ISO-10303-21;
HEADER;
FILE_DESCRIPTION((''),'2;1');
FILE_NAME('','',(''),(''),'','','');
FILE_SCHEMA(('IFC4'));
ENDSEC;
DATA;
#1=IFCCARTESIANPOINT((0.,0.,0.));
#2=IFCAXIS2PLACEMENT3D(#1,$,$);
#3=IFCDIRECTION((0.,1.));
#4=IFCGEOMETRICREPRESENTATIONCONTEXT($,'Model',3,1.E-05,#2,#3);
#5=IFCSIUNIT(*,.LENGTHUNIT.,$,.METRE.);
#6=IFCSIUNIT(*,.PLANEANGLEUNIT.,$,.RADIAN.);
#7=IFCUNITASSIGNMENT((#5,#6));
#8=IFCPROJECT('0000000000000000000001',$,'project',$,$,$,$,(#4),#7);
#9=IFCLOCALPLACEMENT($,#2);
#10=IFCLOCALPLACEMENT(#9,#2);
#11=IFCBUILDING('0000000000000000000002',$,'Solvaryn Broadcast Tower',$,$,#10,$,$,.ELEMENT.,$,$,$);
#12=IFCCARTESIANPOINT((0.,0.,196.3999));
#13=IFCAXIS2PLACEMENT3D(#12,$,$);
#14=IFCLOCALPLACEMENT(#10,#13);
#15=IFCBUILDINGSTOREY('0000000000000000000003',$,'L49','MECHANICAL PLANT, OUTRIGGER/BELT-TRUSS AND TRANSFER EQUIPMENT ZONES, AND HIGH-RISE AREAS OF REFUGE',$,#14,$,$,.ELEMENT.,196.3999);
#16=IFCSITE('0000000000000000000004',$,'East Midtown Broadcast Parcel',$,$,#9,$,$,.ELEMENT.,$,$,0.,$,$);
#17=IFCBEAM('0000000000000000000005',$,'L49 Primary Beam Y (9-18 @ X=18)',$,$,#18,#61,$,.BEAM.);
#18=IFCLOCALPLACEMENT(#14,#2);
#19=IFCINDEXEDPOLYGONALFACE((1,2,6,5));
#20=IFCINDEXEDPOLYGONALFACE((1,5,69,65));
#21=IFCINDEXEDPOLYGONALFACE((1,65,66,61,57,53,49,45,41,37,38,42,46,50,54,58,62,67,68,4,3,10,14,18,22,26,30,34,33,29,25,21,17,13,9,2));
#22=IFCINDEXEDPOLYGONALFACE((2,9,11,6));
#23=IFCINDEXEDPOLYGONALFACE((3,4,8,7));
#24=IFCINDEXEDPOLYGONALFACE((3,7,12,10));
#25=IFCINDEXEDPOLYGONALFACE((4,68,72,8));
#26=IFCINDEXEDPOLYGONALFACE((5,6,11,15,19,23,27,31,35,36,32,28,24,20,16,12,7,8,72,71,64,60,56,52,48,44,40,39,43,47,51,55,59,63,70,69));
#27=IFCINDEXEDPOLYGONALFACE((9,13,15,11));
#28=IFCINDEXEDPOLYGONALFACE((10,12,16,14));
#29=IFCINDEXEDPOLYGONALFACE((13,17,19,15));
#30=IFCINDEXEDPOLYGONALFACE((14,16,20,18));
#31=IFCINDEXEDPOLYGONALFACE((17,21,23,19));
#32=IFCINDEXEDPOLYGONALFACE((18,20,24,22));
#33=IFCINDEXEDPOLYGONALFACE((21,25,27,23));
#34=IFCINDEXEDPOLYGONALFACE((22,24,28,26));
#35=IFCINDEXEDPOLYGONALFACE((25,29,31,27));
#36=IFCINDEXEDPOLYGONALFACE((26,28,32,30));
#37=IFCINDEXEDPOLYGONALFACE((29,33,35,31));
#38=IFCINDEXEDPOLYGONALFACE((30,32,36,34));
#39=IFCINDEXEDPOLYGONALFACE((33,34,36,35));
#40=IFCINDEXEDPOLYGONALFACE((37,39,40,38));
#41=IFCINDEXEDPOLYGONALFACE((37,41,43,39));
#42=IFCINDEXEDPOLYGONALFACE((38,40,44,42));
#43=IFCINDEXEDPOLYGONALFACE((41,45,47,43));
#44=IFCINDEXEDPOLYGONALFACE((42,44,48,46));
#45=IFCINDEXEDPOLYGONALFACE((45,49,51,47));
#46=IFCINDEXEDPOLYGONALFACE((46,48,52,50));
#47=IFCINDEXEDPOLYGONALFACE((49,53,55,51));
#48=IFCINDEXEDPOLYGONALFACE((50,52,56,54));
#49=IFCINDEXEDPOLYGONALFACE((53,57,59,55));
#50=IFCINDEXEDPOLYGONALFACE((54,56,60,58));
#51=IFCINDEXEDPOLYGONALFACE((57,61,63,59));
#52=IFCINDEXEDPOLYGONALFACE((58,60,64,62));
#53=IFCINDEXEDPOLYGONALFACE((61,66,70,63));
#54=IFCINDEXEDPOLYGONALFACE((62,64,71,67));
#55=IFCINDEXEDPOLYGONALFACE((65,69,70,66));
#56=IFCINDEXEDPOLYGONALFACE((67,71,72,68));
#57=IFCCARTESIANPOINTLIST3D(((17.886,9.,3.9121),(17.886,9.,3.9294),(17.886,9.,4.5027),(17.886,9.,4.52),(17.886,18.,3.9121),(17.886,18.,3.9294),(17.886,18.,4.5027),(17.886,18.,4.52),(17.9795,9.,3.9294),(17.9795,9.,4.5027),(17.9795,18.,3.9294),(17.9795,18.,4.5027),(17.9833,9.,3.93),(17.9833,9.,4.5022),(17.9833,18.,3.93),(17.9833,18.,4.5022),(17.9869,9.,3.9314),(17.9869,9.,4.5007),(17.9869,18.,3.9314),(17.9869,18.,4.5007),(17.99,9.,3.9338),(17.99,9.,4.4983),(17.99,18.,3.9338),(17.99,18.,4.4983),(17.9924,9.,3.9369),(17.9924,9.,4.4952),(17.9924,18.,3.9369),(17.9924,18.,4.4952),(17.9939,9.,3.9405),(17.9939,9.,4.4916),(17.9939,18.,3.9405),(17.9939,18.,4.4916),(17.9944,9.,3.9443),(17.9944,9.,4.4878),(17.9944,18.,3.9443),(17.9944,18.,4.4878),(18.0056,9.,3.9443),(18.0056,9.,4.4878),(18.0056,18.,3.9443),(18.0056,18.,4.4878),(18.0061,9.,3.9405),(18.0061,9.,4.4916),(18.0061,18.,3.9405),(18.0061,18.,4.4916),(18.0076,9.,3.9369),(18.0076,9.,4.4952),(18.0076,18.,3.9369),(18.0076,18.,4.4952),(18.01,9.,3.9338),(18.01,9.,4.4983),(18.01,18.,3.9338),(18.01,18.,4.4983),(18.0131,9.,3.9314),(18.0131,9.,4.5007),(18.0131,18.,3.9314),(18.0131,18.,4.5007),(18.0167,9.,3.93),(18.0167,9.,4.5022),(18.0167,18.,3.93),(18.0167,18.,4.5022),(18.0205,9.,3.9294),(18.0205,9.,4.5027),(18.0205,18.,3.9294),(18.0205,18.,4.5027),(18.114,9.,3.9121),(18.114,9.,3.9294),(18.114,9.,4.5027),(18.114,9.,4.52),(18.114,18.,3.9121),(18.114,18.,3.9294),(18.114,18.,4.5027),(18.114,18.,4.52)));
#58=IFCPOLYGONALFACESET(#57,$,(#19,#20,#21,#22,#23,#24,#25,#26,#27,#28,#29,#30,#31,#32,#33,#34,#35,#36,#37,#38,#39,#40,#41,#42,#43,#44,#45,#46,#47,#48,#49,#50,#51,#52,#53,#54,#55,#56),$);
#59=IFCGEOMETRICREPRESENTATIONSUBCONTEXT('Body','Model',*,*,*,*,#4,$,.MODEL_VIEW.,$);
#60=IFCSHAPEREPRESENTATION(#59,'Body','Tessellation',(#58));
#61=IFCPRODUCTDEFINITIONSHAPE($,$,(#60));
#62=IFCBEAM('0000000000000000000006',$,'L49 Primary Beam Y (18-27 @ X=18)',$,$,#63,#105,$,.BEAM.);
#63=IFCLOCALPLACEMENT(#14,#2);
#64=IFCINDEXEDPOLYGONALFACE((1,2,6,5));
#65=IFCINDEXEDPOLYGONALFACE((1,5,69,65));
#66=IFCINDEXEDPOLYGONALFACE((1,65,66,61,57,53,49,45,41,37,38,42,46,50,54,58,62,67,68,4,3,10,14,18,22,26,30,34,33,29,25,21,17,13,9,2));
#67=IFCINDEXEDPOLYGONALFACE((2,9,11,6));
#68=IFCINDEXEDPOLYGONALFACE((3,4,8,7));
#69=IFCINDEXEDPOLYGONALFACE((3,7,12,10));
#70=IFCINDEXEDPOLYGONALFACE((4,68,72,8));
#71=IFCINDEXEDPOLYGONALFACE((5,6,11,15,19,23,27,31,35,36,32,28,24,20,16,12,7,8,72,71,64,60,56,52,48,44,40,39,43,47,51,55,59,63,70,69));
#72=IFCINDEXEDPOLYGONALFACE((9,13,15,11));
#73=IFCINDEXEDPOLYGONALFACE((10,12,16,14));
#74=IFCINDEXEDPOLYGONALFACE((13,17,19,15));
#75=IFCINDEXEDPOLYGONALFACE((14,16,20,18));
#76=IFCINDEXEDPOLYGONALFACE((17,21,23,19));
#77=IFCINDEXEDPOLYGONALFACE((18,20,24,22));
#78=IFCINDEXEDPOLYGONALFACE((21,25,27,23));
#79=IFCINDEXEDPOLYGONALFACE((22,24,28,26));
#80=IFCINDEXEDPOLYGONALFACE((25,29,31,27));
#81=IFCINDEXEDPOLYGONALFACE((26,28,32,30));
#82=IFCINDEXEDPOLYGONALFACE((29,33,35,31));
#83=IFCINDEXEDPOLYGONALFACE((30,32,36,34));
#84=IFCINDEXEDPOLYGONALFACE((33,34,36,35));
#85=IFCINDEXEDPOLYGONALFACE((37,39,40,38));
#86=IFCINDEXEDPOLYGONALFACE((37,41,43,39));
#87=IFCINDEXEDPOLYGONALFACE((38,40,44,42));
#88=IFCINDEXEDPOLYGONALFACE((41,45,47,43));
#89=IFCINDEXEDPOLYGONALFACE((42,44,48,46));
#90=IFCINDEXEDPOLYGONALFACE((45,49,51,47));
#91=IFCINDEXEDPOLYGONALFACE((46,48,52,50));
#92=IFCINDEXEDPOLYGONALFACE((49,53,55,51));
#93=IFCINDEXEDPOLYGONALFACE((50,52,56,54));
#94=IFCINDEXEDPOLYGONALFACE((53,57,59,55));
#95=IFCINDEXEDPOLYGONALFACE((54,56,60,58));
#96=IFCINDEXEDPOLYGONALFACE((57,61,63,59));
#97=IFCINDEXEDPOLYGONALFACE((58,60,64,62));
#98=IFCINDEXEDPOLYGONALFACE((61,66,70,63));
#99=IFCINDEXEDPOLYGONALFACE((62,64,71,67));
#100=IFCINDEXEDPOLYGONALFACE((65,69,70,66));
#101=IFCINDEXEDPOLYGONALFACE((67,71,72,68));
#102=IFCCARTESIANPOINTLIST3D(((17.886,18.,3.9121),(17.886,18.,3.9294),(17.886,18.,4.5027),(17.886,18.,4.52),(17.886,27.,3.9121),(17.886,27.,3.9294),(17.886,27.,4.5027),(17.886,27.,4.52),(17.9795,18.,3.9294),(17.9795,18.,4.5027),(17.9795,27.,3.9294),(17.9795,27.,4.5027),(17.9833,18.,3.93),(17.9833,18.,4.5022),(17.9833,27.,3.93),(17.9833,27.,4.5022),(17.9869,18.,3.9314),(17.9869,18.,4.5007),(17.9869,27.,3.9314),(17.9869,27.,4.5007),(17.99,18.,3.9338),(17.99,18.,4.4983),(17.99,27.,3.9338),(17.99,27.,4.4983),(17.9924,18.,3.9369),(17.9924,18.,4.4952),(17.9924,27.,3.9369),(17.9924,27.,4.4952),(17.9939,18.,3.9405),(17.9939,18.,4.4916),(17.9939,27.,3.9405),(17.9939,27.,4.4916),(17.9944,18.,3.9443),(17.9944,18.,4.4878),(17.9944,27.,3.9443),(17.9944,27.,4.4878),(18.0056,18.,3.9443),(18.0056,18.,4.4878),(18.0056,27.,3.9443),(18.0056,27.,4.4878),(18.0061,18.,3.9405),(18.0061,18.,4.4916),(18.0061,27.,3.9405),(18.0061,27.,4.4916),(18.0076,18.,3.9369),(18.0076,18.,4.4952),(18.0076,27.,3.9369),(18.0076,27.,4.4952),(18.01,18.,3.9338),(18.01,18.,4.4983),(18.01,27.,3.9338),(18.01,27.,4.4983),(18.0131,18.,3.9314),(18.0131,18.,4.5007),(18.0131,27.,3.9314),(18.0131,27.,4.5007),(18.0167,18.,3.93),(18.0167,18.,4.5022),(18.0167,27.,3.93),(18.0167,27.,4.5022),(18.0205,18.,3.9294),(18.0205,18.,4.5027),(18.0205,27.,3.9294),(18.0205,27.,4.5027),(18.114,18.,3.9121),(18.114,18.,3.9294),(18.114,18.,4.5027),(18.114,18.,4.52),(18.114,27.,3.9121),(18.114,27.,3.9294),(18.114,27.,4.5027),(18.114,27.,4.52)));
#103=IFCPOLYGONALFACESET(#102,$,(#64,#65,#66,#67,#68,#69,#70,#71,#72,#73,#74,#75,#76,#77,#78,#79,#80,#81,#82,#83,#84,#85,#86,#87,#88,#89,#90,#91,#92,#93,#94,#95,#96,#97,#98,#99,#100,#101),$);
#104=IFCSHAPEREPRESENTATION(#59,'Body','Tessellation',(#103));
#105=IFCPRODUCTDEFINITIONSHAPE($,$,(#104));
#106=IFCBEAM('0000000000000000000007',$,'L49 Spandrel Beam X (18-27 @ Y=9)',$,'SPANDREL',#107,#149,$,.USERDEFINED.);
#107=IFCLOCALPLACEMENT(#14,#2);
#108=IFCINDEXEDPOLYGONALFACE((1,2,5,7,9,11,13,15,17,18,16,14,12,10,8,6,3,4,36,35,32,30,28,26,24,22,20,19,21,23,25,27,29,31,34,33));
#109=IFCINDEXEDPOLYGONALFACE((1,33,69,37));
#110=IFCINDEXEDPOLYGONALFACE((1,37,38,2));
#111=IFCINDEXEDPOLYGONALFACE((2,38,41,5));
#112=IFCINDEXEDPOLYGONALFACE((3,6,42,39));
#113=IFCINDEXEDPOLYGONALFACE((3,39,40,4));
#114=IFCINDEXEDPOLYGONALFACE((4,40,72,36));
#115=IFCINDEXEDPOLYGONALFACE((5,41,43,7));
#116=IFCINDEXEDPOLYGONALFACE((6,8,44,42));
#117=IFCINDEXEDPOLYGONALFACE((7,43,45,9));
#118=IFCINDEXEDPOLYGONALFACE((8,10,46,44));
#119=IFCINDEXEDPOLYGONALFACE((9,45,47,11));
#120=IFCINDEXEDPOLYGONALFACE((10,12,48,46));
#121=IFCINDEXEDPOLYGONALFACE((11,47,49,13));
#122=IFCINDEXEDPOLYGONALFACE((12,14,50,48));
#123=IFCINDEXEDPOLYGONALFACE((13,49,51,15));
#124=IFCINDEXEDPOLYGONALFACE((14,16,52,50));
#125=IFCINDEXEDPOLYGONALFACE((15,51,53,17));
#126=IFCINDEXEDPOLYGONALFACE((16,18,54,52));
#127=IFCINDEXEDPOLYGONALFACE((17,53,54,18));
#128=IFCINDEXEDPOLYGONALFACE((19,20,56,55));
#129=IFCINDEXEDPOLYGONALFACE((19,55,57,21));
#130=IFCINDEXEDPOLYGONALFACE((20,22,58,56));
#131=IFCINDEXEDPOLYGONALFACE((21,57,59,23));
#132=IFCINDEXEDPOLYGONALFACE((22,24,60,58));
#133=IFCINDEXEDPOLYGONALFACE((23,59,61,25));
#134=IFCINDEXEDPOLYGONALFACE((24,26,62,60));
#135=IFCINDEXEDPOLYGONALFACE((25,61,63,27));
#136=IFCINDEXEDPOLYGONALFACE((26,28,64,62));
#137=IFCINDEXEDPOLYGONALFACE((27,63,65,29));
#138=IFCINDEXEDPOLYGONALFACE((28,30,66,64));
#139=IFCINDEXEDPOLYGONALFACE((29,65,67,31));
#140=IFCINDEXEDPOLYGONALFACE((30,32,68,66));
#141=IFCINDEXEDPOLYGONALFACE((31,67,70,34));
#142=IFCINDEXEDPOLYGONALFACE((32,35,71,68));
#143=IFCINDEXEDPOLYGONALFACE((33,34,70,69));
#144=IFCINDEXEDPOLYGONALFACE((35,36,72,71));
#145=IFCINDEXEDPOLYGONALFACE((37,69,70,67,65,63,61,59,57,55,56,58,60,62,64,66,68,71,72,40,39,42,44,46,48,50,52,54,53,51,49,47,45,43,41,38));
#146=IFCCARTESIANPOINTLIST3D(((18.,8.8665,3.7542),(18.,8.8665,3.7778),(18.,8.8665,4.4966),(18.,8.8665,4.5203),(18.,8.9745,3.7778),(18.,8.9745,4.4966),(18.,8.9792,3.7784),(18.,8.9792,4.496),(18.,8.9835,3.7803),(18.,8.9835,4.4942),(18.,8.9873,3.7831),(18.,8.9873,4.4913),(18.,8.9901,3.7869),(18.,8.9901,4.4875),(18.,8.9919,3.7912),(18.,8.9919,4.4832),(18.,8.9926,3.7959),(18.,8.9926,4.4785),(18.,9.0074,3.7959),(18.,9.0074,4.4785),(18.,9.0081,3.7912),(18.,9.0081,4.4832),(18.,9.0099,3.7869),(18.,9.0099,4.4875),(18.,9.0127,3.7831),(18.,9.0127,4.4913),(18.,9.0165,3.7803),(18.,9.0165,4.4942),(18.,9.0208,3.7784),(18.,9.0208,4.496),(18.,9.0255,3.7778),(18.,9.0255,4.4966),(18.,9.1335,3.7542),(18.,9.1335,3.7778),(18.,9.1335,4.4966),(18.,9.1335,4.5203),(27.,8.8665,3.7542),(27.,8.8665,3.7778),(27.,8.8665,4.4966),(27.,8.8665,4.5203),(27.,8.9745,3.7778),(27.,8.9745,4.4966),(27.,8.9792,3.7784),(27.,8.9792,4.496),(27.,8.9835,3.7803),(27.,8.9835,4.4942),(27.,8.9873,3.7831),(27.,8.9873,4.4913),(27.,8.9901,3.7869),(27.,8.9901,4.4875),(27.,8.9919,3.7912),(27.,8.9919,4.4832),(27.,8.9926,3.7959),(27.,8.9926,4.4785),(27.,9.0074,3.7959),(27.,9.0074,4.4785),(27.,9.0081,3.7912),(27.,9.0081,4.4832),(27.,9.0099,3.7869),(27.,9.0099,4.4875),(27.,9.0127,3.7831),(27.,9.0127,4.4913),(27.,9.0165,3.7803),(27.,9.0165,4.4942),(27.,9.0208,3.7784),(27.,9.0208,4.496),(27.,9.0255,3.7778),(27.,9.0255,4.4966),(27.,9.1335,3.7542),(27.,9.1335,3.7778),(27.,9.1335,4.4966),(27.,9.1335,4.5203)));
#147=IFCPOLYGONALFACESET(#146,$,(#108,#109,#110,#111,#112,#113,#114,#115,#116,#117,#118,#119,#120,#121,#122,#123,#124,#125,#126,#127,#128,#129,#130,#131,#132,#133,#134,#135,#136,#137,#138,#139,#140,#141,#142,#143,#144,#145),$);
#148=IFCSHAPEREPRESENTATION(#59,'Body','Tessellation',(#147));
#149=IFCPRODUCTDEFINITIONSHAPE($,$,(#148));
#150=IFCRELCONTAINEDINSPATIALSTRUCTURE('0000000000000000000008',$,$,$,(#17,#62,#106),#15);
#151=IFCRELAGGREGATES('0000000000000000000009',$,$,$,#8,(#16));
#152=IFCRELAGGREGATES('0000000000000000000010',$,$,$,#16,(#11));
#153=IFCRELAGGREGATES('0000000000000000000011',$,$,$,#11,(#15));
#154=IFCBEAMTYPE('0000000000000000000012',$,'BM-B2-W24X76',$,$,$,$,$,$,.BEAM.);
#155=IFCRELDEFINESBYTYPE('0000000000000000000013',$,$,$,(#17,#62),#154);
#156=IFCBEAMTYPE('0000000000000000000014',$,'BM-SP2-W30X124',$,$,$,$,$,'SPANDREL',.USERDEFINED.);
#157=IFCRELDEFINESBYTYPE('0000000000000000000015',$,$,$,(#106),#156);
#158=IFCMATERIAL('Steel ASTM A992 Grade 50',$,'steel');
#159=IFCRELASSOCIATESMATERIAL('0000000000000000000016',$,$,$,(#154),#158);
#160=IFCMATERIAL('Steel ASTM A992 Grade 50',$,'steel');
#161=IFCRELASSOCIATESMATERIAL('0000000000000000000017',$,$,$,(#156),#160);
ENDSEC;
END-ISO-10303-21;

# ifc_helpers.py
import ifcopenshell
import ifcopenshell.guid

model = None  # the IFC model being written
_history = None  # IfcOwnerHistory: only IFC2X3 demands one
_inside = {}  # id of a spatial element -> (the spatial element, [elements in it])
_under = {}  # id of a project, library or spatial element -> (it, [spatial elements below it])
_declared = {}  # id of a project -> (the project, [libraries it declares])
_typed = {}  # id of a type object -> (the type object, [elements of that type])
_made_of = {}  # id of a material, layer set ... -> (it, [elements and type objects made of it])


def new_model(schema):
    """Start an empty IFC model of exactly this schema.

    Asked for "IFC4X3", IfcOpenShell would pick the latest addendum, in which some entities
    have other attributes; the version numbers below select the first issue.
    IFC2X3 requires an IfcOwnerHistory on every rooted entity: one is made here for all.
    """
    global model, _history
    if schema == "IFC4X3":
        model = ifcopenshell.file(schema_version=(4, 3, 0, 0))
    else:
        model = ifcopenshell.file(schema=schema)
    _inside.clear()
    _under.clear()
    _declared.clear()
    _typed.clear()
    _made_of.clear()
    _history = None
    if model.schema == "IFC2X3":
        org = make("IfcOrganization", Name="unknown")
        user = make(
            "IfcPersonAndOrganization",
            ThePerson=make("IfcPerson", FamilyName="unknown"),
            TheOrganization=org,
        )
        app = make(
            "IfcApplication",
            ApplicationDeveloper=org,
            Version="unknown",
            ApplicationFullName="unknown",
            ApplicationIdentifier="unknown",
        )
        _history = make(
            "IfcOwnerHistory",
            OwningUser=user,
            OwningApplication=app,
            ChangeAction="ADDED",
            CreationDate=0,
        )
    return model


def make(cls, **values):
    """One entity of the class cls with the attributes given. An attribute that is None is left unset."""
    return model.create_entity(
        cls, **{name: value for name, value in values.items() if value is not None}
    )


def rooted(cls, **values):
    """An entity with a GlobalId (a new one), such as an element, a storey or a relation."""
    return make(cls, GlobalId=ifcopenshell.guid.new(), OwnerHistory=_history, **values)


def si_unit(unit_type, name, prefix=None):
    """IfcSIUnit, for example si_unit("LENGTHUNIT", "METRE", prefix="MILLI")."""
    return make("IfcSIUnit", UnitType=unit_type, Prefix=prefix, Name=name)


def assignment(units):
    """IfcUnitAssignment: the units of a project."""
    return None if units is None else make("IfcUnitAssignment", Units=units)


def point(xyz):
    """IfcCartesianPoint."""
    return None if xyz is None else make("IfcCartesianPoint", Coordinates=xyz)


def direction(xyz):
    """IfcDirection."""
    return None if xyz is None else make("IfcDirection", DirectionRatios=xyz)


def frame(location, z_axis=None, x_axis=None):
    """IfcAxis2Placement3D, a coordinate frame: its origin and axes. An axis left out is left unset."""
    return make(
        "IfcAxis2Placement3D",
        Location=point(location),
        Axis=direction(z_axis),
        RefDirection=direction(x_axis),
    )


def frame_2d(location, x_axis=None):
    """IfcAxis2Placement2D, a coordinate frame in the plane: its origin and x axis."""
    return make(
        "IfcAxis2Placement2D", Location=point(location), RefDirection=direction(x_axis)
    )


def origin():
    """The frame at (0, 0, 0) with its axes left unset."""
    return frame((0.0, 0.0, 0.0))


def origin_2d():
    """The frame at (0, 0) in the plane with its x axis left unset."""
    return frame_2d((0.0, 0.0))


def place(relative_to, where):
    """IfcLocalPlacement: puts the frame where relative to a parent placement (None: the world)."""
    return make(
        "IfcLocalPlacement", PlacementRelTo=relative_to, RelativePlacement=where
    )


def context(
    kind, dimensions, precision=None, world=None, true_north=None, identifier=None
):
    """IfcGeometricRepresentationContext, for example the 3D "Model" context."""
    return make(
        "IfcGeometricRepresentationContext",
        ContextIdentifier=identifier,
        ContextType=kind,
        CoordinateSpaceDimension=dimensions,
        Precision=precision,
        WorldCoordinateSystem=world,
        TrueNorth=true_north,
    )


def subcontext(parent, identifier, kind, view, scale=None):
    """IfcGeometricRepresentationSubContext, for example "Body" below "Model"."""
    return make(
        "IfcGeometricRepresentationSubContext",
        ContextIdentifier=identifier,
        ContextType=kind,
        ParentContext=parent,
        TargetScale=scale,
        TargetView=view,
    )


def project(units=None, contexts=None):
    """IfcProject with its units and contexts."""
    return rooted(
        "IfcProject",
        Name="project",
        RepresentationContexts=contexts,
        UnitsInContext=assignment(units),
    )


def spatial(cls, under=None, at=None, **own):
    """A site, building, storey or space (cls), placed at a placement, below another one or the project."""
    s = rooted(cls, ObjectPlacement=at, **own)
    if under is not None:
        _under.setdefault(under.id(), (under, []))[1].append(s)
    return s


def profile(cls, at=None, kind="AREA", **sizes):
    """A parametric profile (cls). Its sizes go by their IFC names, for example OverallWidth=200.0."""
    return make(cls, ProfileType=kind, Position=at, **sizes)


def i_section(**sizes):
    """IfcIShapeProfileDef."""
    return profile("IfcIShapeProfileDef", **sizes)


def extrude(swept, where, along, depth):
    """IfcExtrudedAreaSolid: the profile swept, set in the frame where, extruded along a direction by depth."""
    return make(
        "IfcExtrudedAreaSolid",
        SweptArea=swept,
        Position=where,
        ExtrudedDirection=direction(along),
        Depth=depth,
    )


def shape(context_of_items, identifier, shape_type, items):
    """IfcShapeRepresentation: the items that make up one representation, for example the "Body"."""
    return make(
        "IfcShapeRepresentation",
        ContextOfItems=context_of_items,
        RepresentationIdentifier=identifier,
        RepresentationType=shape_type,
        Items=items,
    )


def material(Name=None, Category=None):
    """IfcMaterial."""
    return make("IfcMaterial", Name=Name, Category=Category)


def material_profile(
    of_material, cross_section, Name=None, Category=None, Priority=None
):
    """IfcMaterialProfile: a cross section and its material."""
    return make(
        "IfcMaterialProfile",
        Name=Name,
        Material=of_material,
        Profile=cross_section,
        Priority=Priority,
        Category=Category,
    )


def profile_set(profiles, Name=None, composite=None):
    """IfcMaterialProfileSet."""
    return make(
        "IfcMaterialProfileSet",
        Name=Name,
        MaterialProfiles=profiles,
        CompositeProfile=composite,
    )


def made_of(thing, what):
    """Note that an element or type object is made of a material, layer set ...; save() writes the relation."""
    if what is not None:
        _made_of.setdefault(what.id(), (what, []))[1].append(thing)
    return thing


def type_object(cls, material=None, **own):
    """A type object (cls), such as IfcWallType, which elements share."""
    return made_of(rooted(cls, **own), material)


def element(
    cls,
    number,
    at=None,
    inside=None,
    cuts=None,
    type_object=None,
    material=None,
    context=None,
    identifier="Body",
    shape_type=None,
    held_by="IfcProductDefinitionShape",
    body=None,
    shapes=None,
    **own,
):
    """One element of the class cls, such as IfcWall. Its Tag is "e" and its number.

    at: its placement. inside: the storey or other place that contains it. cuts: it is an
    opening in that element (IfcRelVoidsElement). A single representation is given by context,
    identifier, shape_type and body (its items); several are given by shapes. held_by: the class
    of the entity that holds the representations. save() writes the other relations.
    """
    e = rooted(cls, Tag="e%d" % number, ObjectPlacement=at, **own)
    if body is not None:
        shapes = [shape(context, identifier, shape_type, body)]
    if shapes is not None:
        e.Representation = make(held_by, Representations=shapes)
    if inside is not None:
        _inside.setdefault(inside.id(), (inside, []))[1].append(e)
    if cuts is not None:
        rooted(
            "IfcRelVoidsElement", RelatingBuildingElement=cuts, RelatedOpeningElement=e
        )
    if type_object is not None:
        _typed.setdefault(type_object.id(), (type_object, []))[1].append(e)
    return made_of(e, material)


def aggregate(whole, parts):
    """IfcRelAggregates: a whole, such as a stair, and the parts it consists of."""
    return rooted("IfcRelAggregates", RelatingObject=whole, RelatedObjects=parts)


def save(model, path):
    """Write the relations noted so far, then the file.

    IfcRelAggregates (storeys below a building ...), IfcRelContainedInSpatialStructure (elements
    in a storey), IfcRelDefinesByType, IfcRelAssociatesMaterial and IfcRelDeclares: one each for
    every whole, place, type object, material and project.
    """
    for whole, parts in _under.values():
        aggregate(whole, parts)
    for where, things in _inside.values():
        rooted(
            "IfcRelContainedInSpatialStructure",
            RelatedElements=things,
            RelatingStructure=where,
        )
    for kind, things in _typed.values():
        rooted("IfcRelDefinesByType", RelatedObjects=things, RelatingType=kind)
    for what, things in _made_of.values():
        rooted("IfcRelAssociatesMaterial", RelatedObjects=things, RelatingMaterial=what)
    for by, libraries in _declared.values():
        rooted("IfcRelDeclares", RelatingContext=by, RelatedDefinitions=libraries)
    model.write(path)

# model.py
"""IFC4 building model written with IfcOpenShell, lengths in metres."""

from ifc_helpers import new_model, si_unit, direction, frame, origin, origin_2d, place, context, subcontext, project, spatial, i_section, extrude, material, material_profile, profile_set, type_object, element, save


model = new_model("IFC4")

# Units and contexts
model_context = context("Model", 3, precision=1e-05, world=origin(), true_north=direction((0.0, 1.0)))
body_context = subcontext(model_context, "Body", "Model", "MODEL_VIEW")
ifc_project = project(units=[si_unit("LENGTHUNIT", "METRE"), si_unit("PLANEANGLEUNIT", "RADIAN")], contexts=[model_context])

# Site, building, storey
site_placement = place(None, origin())
site = spatial("IfcSite", under=ifc_project, at=site_placement, Name="East Midtown Broadcast Parcel", CompositionType="ELEMENT", RefElevation=0.0)
building_placement = place(site_placement, origin())
building = spatial("IfcBuilding", under=site, at=building_placement, Name="Solvaryn Broadcast Tower", CompositionType="ELEMENT")
storey_placement = place(building_placement, frame((0.0, 0.0, 196.3999)))
storey = spatial("IfcBuildingStorey", under=building, at=storey_placement, Name="L49", Description="MECHANICAL PLANT, OUTRIGGER/BELT-TRUSS AND TRANSFER EQUIPMENT ZONES, AND HIGH-RISE AREAS OF REFUGE", CompositionType="ELEMENT", Elevation=196.3999)

# Beams
ifc_material_1 = material(Name="Steel ASTM A992 Grade 50", Category="steel")
ifc_material_profile_1 = material_profile(ifc_material_1, i_section(OverallWidth=0.228, OverallDepth=0.6079, WebThickness=0.0112, FlangeThickness=0.0173, FilletRadius=0.0149, at=origin_2d()))
ifc_profile_set_1 = profile_set([ifc_material_profile_1], Name="Steel ASTM A992 Grade 50")
beam_type_1 = type_object("IfcBeamType", Name="BM-B2-W24X76", PredefinedType="BEAM", material=ifc_profile_set_1)
for number, where, z_axis, x_axis, name in (
    (1, (18.0, 9.0, 4.2161), (0.0, 1.0, 0.0), (-1.0, 0.0, 0.0), "L49 Primary Beam Y (9-18 @ X=18)"),
    (2, (18.0, 18.0, 4.2161), (0.0, 1.0, 0.0), (-1.0, 0.0, 0.0), "L49 Primary Beam Y (18-27 @ X=18)"),
):
    element("IfcBeam", number, at=place(storey_placement, frame(where, z_axis=z_axis, x_axis=x_axis)), inside=storey, type_object=beam_type_1, Name=name, PredefinedType="BEAM", context=body_context, shape_type="SweptSolid", body=[
        extrude(i_section(OverallWidth=0.228, OverallDepth=0.6079, WebThickness=0.0112, FlangeThickness=0.0173, FilletRadius=0.0149, at=origin_2d()), origin(), (0.0, 0.0, 1.0), 9.0),
    ])
ifc_material_2 = material(Name="Steel ASTM A992 Grade 50", Category="steel")
ifc_material_profile_2 = material_profile(ifc_material_2, i_section(OverallWidth=0.2671, OverallDepth=0.7661, WebThickness=0.0149, FlangeThickness=0.0237, FilletRadius=0.0181, at=origin_2d()))
ifc_profile_set_2 = profile_set([ifc_material_profile_2], Name="Steel ASTM A992 Grade 50")
beam_type_2 = type_object("IfcBeamType", Name="BM-SP2-W30X124", ElementType="SPANDREL", PredefinedType="USERDEFINED", material=ifc_profile_set_2)
beam_1_placement = place(storey_placement, frame((18.0, 9.0, 4.1372), z_axis=(1.0, 0.0, 0.0), x_axis=(0.0, 1.0, 0.0)))
element("IfcBeam", 3, at=beam_1_placement, inside=storey, type_object=beam_type_2, Name="L49 Spandrel Beam X (18-27 @ Y=9)", ObjectType="SPANDREL", PredefinedType="USERDEFINED", context=body_context, shape_type="SweptSolid", body=[
    extrude(i_section(OverallWidth=0.2671, OverallDepth=0.7661, WebThickness=0.0149, FlangeThickness=0.0237, FilletRadius=0.0181, at=origin_2d()), origin(), (0.0, 0.0, 1.0), 9.0),
])

save(model, "model.ifc")
